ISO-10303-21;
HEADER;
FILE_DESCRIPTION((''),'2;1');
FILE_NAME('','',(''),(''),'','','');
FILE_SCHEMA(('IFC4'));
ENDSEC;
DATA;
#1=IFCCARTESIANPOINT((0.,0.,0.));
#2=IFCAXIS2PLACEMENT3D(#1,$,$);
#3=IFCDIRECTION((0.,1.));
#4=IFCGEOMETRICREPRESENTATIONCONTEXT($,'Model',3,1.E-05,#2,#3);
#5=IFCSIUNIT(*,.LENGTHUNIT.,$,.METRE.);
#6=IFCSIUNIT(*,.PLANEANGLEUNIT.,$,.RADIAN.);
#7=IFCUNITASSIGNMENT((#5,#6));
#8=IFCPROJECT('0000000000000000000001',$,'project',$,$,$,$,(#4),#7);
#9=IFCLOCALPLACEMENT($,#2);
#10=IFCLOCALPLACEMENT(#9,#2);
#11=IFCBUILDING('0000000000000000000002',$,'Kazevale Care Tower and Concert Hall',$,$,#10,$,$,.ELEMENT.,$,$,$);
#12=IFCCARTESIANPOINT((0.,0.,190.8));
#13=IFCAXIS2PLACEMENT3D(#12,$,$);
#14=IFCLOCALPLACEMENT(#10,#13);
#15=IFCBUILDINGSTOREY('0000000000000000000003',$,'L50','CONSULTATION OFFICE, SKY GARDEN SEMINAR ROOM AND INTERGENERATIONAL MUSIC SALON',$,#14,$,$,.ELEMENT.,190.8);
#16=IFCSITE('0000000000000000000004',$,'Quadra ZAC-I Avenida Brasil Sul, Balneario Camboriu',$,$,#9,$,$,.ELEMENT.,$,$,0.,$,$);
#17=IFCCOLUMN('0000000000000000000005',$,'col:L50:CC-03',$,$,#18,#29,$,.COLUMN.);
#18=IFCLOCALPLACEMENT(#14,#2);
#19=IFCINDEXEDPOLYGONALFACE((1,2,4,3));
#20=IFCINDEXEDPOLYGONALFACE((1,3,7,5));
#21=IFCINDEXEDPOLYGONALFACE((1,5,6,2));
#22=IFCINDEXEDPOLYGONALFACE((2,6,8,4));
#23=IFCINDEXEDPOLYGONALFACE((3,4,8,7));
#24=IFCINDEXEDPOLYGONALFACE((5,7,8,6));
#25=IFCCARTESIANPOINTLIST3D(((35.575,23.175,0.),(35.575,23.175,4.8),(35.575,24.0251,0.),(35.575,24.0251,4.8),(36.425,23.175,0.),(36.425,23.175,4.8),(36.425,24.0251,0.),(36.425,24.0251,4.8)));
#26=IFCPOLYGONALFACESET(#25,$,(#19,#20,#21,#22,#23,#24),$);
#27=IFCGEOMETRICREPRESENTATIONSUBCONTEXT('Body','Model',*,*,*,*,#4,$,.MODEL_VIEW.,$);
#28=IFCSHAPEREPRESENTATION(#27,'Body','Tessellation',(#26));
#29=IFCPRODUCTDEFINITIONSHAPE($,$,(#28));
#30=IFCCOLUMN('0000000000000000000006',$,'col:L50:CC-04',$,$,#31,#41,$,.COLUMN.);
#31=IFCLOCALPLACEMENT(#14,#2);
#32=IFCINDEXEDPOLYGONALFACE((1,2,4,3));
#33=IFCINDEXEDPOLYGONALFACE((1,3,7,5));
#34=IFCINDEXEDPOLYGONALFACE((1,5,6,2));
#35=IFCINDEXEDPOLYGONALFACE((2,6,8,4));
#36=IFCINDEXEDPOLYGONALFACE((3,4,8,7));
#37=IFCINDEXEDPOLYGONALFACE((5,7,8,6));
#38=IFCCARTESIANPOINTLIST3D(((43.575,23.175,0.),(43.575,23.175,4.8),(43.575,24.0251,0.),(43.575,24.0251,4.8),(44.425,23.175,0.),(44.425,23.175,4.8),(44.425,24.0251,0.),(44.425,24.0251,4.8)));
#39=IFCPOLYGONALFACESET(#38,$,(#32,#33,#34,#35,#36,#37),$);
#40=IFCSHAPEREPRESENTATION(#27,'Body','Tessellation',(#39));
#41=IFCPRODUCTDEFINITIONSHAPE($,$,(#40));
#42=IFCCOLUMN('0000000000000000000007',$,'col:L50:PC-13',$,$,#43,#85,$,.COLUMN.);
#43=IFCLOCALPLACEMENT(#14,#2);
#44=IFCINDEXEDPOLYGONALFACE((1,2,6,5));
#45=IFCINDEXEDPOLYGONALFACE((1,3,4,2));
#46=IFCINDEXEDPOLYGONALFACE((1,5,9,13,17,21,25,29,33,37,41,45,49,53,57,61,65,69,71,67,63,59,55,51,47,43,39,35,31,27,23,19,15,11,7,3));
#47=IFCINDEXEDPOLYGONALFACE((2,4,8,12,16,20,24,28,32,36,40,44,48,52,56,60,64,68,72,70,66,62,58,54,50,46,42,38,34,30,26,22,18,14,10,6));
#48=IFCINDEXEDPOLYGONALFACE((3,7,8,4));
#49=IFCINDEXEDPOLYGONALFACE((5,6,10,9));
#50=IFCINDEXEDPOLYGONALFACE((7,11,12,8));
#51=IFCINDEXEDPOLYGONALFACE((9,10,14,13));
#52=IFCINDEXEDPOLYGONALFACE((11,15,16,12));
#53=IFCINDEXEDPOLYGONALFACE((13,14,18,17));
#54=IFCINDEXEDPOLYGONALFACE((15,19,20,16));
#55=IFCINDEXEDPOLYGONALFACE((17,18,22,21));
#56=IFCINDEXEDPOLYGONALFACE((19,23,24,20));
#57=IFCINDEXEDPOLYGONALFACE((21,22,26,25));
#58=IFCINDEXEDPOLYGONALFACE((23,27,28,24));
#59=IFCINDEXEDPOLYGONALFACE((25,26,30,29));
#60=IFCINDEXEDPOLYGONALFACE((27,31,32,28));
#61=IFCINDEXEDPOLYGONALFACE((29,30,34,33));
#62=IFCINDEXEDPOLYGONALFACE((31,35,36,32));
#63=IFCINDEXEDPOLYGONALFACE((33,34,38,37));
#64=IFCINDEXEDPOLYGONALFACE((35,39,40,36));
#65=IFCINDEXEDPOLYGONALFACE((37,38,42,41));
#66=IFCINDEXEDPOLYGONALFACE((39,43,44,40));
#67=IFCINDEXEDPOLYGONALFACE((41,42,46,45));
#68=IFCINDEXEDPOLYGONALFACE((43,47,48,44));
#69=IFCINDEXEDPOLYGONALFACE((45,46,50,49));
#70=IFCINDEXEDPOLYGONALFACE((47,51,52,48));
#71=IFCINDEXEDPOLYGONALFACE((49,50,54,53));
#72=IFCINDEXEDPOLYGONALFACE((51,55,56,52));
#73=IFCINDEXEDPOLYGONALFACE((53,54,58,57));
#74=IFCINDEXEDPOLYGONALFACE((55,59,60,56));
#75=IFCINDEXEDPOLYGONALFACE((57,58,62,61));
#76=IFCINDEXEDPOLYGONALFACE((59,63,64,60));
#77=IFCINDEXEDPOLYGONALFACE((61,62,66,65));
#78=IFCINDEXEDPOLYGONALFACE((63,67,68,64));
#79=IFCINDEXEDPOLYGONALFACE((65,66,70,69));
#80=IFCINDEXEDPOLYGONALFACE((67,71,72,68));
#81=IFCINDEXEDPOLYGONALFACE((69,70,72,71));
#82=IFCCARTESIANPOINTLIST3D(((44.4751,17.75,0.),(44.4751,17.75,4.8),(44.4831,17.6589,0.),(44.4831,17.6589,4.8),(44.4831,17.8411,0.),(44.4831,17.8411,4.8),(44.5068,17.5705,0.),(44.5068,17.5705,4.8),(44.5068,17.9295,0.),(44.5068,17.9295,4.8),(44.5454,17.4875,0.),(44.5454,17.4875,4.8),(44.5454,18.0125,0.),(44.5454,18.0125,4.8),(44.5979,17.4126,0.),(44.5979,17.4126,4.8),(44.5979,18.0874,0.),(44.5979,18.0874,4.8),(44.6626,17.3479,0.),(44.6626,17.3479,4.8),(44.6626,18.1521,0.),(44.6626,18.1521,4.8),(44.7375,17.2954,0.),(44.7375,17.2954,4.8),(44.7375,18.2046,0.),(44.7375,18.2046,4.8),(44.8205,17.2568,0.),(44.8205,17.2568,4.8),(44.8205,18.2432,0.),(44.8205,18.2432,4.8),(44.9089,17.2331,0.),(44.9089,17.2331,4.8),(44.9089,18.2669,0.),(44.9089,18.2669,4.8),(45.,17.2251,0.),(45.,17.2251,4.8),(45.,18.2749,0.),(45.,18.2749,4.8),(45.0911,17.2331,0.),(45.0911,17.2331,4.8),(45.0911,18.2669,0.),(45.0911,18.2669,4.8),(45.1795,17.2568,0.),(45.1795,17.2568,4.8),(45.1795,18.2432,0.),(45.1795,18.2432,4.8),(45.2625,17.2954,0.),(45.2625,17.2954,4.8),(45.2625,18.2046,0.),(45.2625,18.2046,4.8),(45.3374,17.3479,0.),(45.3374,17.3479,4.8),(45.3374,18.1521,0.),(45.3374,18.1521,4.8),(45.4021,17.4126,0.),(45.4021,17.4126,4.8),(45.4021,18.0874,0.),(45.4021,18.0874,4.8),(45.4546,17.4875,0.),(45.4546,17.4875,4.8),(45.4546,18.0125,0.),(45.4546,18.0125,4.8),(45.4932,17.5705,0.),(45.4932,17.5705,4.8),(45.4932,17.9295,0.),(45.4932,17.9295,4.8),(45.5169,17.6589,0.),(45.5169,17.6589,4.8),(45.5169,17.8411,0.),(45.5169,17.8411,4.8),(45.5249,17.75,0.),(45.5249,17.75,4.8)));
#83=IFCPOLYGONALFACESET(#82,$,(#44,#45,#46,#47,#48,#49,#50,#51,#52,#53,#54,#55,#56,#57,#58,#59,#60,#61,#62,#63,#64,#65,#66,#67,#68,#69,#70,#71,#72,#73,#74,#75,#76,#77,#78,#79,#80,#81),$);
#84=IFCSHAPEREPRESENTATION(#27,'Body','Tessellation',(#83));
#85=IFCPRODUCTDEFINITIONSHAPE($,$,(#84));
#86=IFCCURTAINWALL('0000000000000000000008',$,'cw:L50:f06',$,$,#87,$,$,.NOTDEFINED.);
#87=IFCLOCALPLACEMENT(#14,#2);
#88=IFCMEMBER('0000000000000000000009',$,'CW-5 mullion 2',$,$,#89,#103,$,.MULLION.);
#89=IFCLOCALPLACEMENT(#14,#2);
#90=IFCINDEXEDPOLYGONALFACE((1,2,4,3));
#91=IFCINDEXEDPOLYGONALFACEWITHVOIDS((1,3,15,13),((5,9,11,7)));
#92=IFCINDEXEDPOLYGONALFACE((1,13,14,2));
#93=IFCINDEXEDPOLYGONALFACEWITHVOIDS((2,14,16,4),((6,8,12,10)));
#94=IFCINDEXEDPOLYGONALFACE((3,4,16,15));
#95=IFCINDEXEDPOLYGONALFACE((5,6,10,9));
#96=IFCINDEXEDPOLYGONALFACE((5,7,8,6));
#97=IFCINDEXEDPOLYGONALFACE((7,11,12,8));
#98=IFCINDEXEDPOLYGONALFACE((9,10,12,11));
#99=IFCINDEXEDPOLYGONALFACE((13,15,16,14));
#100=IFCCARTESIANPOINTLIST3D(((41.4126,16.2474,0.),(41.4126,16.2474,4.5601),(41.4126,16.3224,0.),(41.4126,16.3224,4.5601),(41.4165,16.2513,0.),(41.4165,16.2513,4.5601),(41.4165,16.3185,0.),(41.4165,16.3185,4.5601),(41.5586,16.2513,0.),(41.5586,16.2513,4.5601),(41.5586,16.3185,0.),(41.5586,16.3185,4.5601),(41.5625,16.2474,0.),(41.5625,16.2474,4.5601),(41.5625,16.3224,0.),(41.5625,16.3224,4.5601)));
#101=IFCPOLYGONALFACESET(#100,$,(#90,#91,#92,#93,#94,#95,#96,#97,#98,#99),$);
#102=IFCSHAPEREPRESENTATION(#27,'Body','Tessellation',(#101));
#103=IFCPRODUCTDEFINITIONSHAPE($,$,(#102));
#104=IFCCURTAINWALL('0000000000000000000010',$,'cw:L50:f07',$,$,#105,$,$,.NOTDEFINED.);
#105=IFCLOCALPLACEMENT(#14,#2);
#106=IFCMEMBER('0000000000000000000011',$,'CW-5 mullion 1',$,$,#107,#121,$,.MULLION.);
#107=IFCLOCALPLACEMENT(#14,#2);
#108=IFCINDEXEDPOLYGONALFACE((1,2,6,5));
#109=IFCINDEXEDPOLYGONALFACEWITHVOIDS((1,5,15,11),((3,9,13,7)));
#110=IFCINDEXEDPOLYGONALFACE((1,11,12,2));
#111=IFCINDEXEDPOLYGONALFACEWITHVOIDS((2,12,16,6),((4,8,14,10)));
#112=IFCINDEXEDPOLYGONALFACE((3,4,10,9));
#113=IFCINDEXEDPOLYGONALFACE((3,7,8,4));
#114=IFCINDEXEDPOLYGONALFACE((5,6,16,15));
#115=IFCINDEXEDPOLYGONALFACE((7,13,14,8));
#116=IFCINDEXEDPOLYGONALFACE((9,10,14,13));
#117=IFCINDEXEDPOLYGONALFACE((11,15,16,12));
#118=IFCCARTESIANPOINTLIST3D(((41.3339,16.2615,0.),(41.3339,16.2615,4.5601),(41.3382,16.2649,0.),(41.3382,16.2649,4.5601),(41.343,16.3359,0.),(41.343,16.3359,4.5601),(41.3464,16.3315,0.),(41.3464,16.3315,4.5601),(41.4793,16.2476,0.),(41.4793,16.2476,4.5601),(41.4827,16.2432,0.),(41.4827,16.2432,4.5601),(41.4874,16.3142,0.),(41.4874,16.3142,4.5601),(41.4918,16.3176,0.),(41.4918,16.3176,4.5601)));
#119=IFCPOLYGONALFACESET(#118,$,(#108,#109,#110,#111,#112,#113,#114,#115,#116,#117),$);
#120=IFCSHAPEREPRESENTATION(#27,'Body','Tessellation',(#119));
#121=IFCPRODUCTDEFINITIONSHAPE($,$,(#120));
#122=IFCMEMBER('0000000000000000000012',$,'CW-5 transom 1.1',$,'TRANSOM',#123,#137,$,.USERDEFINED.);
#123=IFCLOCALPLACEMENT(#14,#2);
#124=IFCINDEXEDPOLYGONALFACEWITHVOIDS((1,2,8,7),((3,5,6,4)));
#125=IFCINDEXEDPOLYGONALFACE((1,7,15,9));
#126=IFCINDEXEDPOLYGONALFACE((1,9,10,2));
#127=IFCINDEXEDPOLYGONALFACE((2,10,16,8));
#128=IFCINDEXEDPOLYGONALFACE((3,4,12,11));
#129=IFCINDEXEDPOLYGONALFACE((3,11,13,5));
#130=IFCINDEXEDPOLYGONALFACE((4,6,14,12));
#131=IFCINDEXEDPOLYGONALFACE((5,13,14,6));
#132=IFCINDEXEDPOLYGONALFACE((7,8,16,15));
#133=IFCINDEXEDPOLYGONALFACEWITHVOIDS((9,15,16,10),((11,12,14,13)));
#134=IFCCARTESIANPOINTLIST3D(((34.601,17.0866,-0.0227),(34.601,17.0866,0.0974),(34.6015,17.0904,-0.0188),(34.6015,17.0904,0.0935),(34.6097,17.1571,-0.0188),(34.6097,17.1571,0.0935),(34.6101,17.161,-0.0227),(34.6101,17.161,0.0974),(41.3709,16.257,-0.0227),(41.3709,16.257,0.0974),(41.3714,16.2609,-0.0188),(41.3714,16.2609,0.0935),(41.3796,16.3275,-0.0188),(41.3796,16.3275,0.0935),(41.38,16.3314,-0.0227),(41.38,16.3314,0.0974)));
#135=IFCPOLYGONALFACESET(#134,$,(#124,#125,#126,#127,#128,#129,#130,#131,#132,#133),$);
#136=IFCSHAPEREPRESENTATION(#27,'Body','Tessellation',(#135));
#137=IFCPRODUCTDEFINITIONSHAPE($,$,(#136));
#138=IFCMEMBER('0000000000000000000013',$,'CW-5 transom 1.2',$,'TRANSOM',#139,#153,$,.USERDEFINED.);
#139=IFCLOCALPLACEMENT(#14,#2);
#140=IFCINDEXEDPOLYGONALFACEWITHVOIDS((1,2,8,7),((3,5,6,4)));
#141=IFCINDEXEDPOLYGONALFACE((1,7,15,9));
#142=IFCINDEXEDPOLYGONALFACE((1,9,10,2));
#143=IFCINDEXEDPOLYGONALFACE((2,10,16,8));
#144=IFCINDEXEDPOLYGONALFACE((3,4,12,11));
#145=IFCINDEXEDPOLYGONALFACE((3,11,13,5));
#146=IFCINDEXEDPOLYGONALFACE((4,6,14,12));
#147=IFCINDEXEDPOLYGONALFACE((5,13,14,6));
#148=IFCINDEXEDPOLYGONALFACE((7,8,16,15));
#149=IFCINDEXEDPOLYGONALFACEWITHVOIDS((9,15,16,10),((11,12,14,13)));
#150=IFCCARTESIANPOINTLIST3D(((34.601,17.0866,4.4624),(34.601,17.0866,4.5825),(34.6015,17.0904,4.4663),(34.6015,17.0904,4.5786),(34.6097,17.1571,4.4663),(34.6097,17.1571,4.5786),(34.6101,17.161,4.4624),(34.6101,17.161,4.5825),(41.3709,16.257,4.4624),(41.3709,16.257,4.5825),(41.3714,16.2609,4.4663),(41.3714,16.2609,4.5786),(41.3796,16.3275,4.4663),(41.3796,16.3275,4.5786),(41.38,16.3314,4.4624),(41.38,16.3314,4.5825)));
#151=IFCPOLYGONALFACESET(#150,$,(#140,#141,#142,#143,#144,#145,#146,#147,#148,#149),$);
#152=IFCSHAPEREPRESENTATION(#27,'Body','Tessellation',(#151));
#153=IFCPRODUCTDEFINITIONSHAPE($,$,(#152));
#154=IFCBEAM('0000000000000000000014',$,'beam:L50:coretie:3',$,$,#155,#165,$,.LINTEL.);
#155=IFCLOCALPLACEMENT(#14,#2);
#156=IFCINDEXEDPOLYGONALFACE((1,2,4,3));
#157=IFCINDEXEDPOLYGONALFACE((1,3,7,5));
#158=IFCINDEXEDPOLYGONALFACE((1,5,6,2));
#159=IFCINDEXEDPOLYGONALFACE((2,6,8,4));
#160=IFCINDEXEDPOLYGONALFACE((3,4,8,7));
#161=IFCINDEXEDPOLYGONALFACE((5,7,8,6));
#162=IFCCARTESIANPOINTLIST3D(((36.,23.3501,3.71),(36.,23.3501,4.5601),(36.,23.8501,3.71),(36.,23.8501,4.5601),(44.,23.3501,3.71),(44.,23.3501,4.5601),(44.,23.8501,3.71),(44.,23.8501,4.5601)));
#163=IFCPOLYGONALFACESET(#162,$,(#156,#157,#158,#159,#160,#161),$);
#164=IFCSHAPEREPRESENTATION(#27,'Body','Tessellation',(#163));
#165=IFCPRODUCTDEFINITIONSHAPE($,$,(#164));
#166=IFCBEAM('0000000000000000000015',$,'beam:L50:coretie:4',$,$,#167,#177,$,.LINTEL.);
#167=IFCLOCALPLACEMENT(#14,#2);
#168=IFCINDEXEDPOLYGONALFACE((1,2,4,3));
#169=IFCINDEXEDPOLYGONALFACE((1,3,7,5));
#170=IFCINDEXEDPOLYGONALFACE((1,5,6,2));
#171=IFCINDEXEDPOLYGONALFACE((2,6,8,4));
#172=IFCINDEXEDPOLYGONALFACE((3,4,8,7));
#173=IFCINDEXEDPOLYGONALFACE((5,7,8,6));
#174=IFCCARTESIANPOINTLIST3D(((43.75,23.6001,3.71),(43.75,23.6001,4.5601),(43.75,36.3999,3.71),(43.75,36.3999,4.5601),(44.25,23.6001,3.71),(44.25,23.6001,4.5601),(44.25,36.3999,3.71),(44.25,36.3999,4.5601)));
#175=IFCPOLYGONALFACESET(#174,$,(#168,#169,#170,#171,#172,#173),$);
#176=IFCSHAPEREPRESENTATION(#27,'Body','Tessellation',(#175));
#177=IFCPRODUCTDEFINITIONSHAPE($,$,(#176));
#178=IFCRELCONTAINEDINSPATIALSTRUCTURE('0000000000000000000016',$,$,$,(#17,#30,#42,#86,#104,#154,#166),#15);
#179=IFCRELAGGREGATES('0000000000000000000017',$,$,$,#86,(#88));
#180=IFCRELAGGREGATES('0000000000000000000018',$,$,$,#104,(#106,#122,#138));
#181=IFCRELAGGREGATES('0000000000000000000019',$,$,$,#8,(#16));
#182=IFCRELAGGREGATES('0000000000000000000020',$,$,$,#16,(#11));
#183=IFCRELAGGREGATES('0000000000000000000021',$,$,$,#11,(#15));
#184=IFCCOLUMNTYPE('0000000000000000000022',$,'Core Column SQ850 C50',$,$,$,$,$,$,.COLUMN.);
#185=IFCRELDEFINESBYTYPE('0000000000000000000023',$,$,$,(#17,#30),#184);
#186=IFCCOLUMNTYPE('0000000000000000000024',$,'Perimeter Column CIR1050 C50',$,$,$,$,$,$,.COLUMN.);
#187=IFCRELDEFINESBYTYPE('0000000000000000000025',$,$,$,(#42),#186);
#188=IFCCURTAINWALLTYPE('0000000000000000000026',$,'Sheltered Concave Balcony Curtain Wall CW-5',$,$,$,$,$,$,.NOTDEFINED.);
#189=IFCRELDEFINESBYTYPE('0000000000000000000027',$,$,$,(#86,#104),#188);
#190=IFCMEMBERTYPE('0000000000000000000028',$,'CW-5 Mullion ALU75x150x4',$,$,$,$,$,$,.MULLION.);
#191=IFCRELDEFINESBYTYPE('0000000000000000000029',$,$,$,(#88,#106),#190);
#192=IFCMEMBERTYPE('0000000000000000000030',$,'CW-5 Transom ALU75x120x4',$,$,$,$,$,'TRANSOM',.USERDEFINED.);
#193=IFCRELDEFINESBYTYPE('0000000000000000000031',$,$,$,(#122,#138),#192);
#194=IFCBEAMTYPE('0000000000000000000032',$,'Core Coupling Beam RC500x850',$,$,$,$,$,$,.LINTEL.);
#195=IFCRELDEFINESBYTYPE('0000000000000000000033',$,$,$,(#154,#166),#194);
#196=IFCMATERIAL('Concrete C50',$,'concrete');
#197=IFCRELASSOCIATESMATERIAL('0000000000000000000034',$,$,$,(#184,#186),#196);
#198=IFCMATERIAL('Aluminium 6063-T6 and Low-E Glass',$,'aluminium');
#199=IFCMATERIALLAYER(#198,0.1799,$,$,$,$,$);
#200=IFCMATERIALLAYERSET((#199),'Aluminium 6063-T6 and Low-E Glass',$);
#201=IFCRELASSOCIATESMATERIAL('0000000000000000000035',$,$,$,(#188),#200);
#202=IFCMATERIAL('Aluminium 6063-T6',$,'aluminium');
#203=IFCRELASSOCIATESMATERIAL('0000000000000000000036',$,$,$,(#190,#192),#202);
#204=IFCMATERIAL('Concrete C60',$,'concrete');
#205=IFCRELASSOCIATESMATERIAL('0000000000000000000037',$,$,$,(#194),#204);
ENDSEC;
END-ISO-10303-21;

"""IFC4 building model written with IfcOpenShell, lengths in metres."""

from ifc_helpers import new_model, si_unit, direction, frame, origin, origin_2d, place, context, subcontext, project, spatial, rectangle, hollow_rectangle, circle, extrude, material, layer, layer_set, material_profile, profile_set, type_object, element, aggregate, save


model = new_model("IFC4")

# Units and contexts
model_context = context("Model", 3, precision=1e-05, world=origin(), true_north=direction((0.0, 1.0)))
body_context = subcontext(model_context, "Body", "Model", "MODEL_VIEW")
ifc_project = project(units=[si_unit("LENGTHUNIT", "METRE"), si_unit("PLANEANGLEUNIT", "RADIAN")], contexts=[model_context])

# Site, building, storey
site_placement = place(None, origin())
site = spatial("IfcSite", under=ifc_project, at=site_placement, Name="Quadra ZAC-I Avenida Brasil Sul, Balneario Camboriu", CompositionType="ELEMENT", RefElevation=0.0)
building_placement = place(site_placement, origin())
building = spatial("IfcBuilding", under=site, at=building_placement, Name="Kazevale Care Tower and Concert Hall", CompositionType="ELEMENT")
storey_placement = place(building_placement, frame((0.0, 0.0, 190.8)))
storey = spatial("IfcBuildingStorey", under=building, at=storey_placement, Name="L50", Description="CONSULTATION OFFICE, SKY GARDEN SEMINAR ROOM AND INTERGENERATIONAL MUSIC SALON", CompositionType="ELEMENT", Elevation=190.8)

# Columns
ifc_material_1 = material(Name="Concrete C50", Category="concrete")
ifc_material_profile_1 = material_profile(ifc_material_1, rectangle(XDim=0.8501, YDim=0.8501, at=origin_2d()), Name="RC-SQ850")
ifc_profile_set_1 = profile_set([ifc_material_profile_1], Name="Concrete C50")
column_type_1 = type_object("IfcColumnType", Name="Core Column SQ850 C50", PredefinedType="COLUMN", material=ifc_profile_set_1)
for number, where, z_axis, x_axis, name in (
    (1, (36.0, 23.6001, 0.0), (0.0, 0.0, 1.0), (1.0, 0.0, 0.0), "col:L50:CC-03"),
    (2, (44.0, 23.6001, 0.0), (0.0, 0.0, 1.0), (1.0, 0.0, 0.0), "col:L50:CC-04"),
):
    element("IfcColumn", number, at=place(storey_placement, frame(where, z_axis=z_axis, x_axis=x_axis)), inside=storey, type_object=column_type_1, Name=name, PredefinedType="COLUMN", context=body_context, shape_type="SweptSolid", body=[
        extrude(rectangle(XDim=0.8501, YDim=0.8501, at=origin_2d()), origin(), (0.0, 0.0, 1.0), 4.8),
    ])
ifc_material_profile_2 = material_profile(ifc_material_1, circle(Radius=0.5249, at=origin_2d()), Name="RC-CIR1050")
ifc_profile_set_2 = profile_set([ifc_material_profile_2], Name="Concrete C50")
column_type_2 = type_object("IfcColumnType", Name="Perimeter Column CIR1050 C50", PredefinedType="COLUMN", material=ifc_profile_set_2)
column_placement = place(storey_placement, frame((45.0, 17.75, 0.0), z_axis=(0.0, 0.0, 1.0), x_axis=(1.0, 0.0, 0.0)))
element("IfcColumn", 3, at=column_placement, inside=storey, type_object=column_type_2, Name="col:L50:PC-13", PredefinedType="COLUMN", context=body_context, shape_type="SweptSolid", body=[
    extrude(circle(Radius=0.5249, at=origin_2d()), origin(), (0.0, 0.0, 1.0), 4.8),
])

# Curtain wall, member
ifc_material_2 = material(Name="Aluminium 6063-T6 and Low-E Glass", Category="aluminium")
ifc_layer_1 = layer(ifc_material_2, 0.1799)
ifc_layer_set_1 = layer_set([ifc_layer_1], Name="Aluminium 6063-T6 and Low-E Glass")
curtain_wall_type = type_object("IfcCurtainWallType", Name="Sheltered Concave Balcony Curtain Wall CW-5", PredefinedType="NOTDEFINED", material=ifc_layer_set_1)
curtain_wall_1_placement = place(storey_placement, origin())
curtain_wall_1 = element("IfcCurtainWall", 4, at=curtain_wall_1_placement, inside=storey, type_object=curtain_wall_type, Name="cw:L50:f06", PredefinedType="NOTDEFINED")
ifc_material_3 = material(Name="Aluminium 6063-T6", Category="aluminium")
ifc_material_profile_3 = material_profile(ifc_material_3, hollow_rectangle(XDim=0.075, YDim=0.1499, WallThickness=0.0039, at=origin_2d()), Name="ALU75x150x4")
ifc_profile_set_3 = profile_set([ifc_material_profile_3], Name="Aluminium 6063-T6")
member_type_1 = type_object("IfcMemberType", Name="CW-5 Mullion ALU75x150x4", PredefinedType="MULLION", material=ifc_profile_set_3)
member_1_placement = place(storey_placement, frame((41.4875, 16.2849, 0.0), z_axis=(0.0, 0.0, 1.0), x_axis=(0.0, -1.0, 0.0)))
member_1 = element("IfcMember", 5, at=member_1_placement, type_object=member_type_1, Name="CW-5 mullion 2", PredefinedType="MULLION", context=body_context, shape_type="SweptSolid", body=[
    extrude(hollow_rectangle(XDim=0.075, YDim=0.1499, WallThickness=0.0039, at=origin_2d()), origin(), (0.0, 0.0, 1.0), 4.5601),
])

# Curtain wall, members
curtain_wall_2_placement = place(storey_placement, origin())
curtain_wall_2 = element("IfcCurtainWall", 6, at=curtain_wall_2_placement, inside=storey, type_object=curtain_wall_type, Name="cw:L50:f07", PredefinedType="NOTDEFINED")
member_2_placement = place(storey_placement, frame((41.4128, 16.2896, 0.0), z_axis=(0.0, 0.0, 1.0), x_axis=(-0.121651, -0.992573, 0.0)))
member_2 = element("IfcMember", 7, at=member_2_placement, type_object=member_type_1, Name="CW-5 mullion 1", PredefinedType="MULLION", context=body_context, shape_type="SweptSolid", body=[
    extrude(hollow_rectangle(XDim=0.075, YDim=0.1499, WallThickness=0.0039, at=origin_2d()), origin(), (0.0, 0.0, 1.0), 4.5601),
])
ifc_material_profile_4 = material_profile(ifc_material_3, hollow_rectangle(XDim=0.075, YDim=0.1201, WallThickness=0.0039, at=origin_2d()), Name="ALU75x120x4")
ifc_profile_set_4 = profile_set([ifc_material_profile_4], Name="Aluminium 6063-T6")
member_type_2 = type_object("IfcMemberType", Name="CW-5 Transom ALU75x120x4", ElementType="TRANSOM", PredefinedType="USERDEFINED", material=ifc_profile_set_4)
member_3_placement = place(storey_placement, frame((41.3755, 16.2942, 0.0374), z_axis=(-0.992576, 0.121629, 0.0), x_axis=(-0.121629, -0.992576, 0.0)))
member_3 = element("IfcMember", 8, at=member_3_placement, type_object=member_type_2, Name="CW-5 transom 1.1", ObjectType="TRANSOM", PredefinedType="USERDEFINED", context=body_context, shape_type="SweptSolid", body=[
    extrude(hollow_rectangle(XDim=0.075, YDim=0.1201, WallThickness=0.0039, at=origin_2d()), origin(), (0.0, 0.0, 1.0), 6.8206),
])
member_4_placement = place(storey_placement, frame((41.3755, 16.2942, 4.5225), z_axis=(-0.992576, 0.121629, 0.0), x_axis=(-0.121629, -0.992576, 0.0)))
member_4 = element("IfcMember", 9, at=member_4_placement, type_object=member_type_2, Name="CW-5 transom 1.2", ObjectType="TRANSOM", PredefinedType="USERDEFINED", context=body_context, shape_type="SweptSolid", body=[
    extrude(hollow_rectangle(XDim=0.075, YDim=0.1201, WallThickness=0.0039, at=origin_2d()), origin(), (0.0, 0.0, 1.0), 6.8206),
])

# Beams
ifc_material_4 = material(Name="Concrete C60", Category="concrete")
ifc_material_profile_5 = material_profile(ifc_material_4, rectangle(XDim=0.5, YDim=0.8501, at=origin_2d()), Name="RC-B500x850")
ifc_profile_set_5 = profile_set([ifc_material_profile_5], Name="Concrete C60")
beam_type_1 = type_object("IfcBeamType", Name="Core Coupling Beam RC500x850", PredefinedType="LINTEL", material=ifc_profile_set_5)
beam_1_placement = place(storey_placement, frame((36.0, 23.6001, 4.135), z_axis=(1.0, 0.0, 0.0), x_axis=(0.0, 1.0, 0.0)))
element("IfcBeam", 10, at=beam_1_placement, inside=storey, type_object=beam_type_1, Name="beam:L50:coretie:3", PredefinedType="LINTEL", context=body_context, shape_type="SweptSolid", body=[
    extrude(rectangle(XDim=0.5, YDim=0.8501, at=origin_2d()), origin(), (0.0, 0.0, 1.0), 8.0),
])
beam_2_placement = place(storey_placement, frame((44.0, 23.6001, 4.135), z_axis=(0.0, 1.0, 0.0), x_axis=(-1.0, 0.0, 0.0)))
element("IfcBeam", 11, at=beam_2_placement, inside=storey, type_object=beam_type_1, Name="beam:L50:coretie:4", PredefinedType="LINTEL", context=body_context, shape_type="SweptSolid", body=[
    extrude(rectangle(XDim=0.5, YDim=0.8501, at=origin_2d()), origin(), (0.0, 0.0, 1.0), 12.7998),
])

aggregate(curtain_wall_1, [member_1])
aggregate(curtain_wall_2, [member_2, member_3, member_4])

save(model, "model.ifc")
